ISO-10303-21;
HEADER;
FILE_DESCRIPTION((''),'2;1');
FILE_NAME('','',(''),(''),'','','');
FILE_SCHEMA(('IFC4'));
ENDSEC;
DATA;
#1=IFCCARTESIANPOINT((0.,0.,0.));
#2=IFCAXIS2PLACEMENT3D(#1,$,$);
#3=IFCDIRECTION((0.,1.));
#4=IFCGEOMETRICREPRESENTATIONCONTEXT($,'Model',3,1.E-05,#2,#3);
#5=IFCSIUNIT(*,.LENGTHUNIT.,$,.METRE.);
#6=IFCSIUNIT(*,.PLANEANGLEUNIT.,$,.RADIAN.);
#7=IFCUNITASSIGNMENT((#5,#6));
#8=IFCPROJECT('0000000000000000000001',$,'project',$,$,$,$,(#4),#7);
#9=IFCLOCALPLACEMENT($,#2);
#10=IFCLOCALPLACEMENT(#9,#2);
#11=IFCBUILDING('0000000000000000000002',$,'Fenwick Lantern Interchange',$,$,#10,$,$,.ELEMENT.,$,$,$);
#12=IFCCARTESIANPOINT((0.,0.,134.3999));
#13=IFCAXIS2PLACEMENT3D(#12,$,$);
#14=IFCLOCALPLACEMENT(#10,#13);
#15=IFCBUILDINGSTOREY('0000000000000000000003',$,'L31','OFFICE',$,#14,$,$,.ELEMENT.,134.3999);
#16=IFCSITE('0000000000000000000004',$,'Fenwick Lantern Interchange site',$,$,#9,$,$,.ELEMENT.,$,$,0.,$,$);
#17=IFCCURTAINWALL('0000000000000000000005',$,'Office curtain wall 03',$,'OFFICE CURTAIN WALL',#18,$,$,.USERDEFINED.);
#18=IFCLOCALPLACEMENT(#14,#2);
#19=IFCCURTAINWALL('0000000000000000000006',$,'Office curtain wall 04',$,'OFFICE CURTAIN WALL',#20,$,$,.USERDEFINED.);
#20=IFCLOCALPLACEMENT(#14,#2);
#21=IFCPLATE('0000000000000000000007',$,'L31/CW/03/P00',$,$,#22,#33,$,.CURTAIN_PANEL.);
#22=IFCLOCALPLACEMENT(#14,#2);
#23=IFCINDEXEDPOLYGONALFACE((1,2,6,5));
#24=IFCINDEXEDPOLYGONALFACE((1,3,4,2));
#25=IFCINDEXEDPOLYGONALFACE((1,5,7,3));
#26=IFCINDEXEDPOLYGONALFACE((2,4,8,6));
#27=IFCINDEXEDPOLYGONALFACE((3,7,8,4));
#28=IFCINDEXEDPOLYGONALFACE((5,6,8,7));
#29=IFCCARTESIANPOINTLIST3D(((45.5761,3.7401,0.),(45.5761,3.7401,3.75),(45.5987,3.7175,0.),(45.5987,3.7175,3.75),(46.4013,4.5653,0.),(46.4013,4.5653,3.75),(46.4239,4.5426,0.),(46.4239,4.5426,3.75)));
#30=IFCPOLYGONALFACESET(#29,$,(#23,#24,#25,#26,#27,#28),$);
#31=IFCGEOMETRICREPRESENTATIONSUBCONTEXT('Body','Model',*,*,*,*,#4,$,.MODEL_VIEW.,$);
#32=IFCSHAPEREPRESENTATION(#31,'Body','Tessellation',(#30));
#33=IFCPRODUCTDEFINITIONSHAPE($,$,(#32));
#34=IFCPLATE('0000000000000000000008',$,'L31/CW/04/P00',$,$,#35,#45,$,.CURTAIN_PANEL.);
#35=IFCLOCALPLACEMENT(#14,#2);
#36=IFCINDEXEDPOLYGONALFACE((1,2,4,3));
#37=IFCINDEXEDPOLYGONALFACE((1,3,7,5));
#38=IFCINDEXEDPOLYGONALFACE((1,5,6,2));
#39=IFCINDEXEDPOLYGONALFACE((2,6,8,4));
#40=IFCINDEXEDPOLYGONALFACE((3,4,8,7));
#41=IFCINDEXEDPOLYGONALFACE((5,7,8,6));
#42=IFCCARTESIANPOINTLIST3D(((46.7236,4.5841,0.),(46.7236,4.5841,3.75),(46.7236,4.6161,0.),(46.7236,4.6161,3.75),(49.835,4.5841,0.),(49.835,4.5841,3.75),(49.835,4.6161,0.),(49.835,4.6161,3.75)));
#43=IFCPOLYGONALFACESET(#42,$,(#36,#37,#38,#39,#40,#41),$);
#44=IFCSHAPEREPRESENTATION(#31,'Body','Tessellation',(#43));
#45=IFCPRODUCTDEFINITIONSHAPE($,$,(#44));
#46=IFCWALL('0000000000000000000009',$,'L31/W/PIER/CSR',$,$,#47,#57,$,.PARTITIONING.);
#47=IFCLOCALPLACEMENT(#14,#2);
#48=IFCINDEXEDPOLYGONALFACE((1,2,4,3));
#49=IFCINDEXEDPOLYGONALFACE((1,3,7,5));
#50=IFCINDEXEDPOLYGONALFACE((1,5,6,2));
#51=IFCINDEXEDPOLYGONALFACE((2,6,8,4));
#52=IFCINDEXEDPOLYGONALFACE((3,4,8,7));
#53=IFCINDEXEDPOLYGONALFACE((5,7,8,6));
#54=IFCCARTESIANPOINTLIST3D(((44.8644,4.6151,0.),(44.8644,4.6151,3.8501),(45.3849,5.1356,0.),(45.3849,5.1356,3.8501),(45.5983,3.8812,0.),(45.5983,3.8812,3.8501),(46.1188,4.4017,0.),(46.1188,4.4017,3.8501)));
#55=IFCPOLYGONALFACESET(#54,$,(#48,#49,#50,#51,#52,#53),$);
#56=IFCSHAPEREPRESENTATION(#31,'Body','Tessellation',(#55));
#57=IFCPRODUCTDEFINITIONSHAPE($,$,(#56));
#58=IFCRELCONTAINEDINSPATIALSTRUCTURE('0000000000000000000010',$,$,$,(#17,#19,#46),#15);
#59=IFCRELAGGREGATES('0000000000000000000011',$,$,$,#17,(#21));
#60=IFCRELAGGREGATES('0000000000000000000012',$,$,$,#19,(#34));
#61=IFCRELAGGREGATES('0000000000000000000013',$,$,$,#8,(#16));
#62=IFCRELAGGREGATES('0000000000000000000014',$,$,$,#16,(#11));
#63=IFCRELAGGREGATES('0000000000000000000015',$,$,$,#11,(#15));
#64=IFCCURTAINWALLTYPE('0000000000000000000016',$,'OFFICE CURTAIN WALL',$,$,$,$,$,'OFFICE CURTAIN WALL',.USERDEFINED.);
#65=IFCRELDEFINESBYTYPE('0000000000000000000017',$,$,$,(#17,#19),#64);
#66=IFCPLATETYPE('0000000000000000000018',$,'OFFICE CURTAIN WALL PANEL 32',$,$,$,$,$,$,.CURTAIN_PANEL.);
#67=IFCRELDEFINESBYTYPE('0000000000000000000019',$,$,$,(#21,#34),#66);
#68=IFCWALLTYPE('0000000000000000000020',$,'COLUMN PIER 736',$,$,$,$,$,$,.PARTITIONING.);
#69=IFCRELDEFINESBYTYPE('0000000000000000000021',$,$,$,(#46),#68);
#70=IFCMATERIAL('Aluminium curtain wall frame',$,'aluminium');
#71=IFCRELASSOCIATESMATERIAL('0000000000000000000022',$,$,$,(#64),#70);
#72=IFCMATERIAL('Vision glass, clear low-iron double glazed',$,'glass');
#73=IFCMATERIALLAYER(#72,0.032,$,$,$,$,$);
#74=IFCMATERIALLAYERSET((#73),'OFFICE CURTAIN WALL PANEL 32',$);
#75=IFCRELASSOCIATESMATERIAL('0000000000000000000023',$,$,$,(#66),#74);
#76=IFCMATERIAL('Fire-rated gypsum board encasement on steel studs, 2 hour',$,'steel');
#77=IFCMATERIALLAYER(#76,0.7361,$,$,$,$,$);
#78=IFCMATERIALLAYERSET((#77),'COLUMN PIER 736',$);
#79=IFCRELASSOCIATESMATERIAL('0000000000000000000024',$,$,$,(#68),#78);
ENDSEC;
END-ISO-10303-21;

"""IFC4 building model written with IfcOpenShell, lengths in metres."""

from ifc_helpers import new_model, si_unit, direction, frame, frame_2d, origin, origin_2d, place, context, subcontext, project, spatial, rectangle, extrude, material, layer, layer_set, type_object, element, aggregate, save


model = new_model("IFC4")

# Units and contexts
model_context = context("Model", 3, precision=1e-05, world=origin(), true_north=direction((0.0, 1.0)))
body_context = subcontext(model_context, "Body", "Model", "MODEL_VIEW")
ifc_project = project(units=[si_unit("LENGTHUNIT", "METRE"), si_unit("PLANEANGLEUNIT", "RADIAN")], contexts=[model_context])

# Site, building, storey
site_placement = place(None, origin())
site = spatial("IfcSite", under=ifc_project, at=site_placement, Name="Fenwick Lantern Interchange site", CompositionType="ELEMENT", RefElevation=0.0)
building_placement = place(site_placement, origin())
building = spatial("IfcBuilding", under=site, at=building_placement, Name="Fenwick Lantern Interchange", CompositionType="ELEMENT")
storey_placement = place(building_placement, frame((0.0, 0.0, 134.3999)))
storey = spatial("IfcBuildingStorey", under=building, at=storey_placement, Name="L31", Description="OFFICE", CompositionType="ELEMENT", Elevation=134.3999)

# Shared definitions
ifc_material_1 = material(Name="Aluminium curtain wall frame", Category="aluminium")
curtain_wall_type = type_object("IfcCurtainWallType", Name="OFFICE CURTAIN WALL", ElementType="OFFICE CURTAIN WALL", PredefinedType="USERDEFINED", material=ifc_material_1)

# Curtain walls
curtain_wall_1_placement = place(storey_placement, origin())
curtain_wall_1 = element("IfcCurtainWall", 1, at=curtain_wall_1_placement, inside=storey, type_object=curtain_wall_type, Name="Office curtain wall 03", ObjectType="OFFICE CURTAIN WALL", PredefinedType="USERDEFINED")
curtain_wall_2_placement = place(storey_placement, origin())
curtain_wall_2 = element("IfcCurtainWall", 2, at=curtain_wall_2_placement, inside=storey, type_object=curtain_wall_type, Name="Office curtain wall 04", ObjectType="OFFICE CURTAIN WALL", PredefinedType="USERDEFINED")

# Plates
ifc_material_2 = material(Name="Vision glass, clear low-iron double glazed", Category="glass")
ifc_layer_1 = layer(ifc_material_2, 0.032)
ifc_layer_set_1 = layer_set([ifc_layer_1], Name="OFFICE CURTAIN WALL PANEL 32")
plate_type = type_object("IfcPlateType", Name="OFFICE CURTAIN WALL PANEL 32", PredefinedType="CURTAIN_PANEL", material=ifc_layer_set_1)
plate_1_placement = place(storey_placement, frame((46.0, 4.1414, 0.0), z_axis=(0.0, 0.0, 1.0), x_axis=(0.707107, 0.707107, 0.0)))
plate_1 = element("IfcPlate", 3, at=plate_1_placement, type_object=plate_type, Name="L31/CW/03/P00", PredefinedType="CURTAIN_PANEL", context=body_context, shape_type="SweptSolid", body=[
    extrude(rectangle(XDim=1.167, YDim=0.032, at=origin_2d()), origin(), (0.0, 0.0, 1.0), 3.75),
])
aggregate(curtain_wall_1, [plate_1])
plate_2_placement = place(storey_placement, frame((48.2793, 4.6001, 0.0), z_axis=(0.0, 0.0, 1.0), x_axis=(1.0, 0.0, 0.0)))
plate_2 = element("IfcPlate", 4, at=plate_2_placement, type_object=plate_type, Name="L31/CW/04/P00", PredefinedType="CURTAIN_PANEL", context=body_context, shape_type="SweptSolid", body=[
    extrude(rectangle(XDim=3.1113, YDim=0.032, at=origin_2d()), origin(), (0.0, 0.0, 1.0), 3.75),
])
aggregate(curtain_wall_2, [plate_2])

# Wall
ifc_material_3 = material(Name="Fire-rated gypsum board encasement on steel studs, 2 hour", Category="steel")
ifc_layer_2 = layer(ifc_material_3, 0.7361)
ifc_layer_set_2 = layer_set([ifc_layer_2], Name="COLUMN PIER 736")
wall_type = type_object("IfcWallType", Name="COLUMN PIER 736", PredefinedType="PARTITIONING", material=ifc_layer_set_2)
wall_placement = place(storey_placement, frame((45.8586, 4.1414, 0.0), z_axis=(0.0, 0.0, 1.0), x_axis=(-0.707107, 0.707107, 0.0)))
element("IfcWall", 5, at=wall_placement, inside=storey, type_object=wall_type, Name="L31/W/PIER/CSR", PredefinedType="PARTITIONING", context=body_context, shape_type="SweptSolid", body=[
    extrude(rectangle(XDim=1.0378, YDim=0.7361, at=frame_2d((0.519, 0.0))), origin(), (0.0, 0.0, 1.0), 3.8501),
])

save(model, "model.ifc")
